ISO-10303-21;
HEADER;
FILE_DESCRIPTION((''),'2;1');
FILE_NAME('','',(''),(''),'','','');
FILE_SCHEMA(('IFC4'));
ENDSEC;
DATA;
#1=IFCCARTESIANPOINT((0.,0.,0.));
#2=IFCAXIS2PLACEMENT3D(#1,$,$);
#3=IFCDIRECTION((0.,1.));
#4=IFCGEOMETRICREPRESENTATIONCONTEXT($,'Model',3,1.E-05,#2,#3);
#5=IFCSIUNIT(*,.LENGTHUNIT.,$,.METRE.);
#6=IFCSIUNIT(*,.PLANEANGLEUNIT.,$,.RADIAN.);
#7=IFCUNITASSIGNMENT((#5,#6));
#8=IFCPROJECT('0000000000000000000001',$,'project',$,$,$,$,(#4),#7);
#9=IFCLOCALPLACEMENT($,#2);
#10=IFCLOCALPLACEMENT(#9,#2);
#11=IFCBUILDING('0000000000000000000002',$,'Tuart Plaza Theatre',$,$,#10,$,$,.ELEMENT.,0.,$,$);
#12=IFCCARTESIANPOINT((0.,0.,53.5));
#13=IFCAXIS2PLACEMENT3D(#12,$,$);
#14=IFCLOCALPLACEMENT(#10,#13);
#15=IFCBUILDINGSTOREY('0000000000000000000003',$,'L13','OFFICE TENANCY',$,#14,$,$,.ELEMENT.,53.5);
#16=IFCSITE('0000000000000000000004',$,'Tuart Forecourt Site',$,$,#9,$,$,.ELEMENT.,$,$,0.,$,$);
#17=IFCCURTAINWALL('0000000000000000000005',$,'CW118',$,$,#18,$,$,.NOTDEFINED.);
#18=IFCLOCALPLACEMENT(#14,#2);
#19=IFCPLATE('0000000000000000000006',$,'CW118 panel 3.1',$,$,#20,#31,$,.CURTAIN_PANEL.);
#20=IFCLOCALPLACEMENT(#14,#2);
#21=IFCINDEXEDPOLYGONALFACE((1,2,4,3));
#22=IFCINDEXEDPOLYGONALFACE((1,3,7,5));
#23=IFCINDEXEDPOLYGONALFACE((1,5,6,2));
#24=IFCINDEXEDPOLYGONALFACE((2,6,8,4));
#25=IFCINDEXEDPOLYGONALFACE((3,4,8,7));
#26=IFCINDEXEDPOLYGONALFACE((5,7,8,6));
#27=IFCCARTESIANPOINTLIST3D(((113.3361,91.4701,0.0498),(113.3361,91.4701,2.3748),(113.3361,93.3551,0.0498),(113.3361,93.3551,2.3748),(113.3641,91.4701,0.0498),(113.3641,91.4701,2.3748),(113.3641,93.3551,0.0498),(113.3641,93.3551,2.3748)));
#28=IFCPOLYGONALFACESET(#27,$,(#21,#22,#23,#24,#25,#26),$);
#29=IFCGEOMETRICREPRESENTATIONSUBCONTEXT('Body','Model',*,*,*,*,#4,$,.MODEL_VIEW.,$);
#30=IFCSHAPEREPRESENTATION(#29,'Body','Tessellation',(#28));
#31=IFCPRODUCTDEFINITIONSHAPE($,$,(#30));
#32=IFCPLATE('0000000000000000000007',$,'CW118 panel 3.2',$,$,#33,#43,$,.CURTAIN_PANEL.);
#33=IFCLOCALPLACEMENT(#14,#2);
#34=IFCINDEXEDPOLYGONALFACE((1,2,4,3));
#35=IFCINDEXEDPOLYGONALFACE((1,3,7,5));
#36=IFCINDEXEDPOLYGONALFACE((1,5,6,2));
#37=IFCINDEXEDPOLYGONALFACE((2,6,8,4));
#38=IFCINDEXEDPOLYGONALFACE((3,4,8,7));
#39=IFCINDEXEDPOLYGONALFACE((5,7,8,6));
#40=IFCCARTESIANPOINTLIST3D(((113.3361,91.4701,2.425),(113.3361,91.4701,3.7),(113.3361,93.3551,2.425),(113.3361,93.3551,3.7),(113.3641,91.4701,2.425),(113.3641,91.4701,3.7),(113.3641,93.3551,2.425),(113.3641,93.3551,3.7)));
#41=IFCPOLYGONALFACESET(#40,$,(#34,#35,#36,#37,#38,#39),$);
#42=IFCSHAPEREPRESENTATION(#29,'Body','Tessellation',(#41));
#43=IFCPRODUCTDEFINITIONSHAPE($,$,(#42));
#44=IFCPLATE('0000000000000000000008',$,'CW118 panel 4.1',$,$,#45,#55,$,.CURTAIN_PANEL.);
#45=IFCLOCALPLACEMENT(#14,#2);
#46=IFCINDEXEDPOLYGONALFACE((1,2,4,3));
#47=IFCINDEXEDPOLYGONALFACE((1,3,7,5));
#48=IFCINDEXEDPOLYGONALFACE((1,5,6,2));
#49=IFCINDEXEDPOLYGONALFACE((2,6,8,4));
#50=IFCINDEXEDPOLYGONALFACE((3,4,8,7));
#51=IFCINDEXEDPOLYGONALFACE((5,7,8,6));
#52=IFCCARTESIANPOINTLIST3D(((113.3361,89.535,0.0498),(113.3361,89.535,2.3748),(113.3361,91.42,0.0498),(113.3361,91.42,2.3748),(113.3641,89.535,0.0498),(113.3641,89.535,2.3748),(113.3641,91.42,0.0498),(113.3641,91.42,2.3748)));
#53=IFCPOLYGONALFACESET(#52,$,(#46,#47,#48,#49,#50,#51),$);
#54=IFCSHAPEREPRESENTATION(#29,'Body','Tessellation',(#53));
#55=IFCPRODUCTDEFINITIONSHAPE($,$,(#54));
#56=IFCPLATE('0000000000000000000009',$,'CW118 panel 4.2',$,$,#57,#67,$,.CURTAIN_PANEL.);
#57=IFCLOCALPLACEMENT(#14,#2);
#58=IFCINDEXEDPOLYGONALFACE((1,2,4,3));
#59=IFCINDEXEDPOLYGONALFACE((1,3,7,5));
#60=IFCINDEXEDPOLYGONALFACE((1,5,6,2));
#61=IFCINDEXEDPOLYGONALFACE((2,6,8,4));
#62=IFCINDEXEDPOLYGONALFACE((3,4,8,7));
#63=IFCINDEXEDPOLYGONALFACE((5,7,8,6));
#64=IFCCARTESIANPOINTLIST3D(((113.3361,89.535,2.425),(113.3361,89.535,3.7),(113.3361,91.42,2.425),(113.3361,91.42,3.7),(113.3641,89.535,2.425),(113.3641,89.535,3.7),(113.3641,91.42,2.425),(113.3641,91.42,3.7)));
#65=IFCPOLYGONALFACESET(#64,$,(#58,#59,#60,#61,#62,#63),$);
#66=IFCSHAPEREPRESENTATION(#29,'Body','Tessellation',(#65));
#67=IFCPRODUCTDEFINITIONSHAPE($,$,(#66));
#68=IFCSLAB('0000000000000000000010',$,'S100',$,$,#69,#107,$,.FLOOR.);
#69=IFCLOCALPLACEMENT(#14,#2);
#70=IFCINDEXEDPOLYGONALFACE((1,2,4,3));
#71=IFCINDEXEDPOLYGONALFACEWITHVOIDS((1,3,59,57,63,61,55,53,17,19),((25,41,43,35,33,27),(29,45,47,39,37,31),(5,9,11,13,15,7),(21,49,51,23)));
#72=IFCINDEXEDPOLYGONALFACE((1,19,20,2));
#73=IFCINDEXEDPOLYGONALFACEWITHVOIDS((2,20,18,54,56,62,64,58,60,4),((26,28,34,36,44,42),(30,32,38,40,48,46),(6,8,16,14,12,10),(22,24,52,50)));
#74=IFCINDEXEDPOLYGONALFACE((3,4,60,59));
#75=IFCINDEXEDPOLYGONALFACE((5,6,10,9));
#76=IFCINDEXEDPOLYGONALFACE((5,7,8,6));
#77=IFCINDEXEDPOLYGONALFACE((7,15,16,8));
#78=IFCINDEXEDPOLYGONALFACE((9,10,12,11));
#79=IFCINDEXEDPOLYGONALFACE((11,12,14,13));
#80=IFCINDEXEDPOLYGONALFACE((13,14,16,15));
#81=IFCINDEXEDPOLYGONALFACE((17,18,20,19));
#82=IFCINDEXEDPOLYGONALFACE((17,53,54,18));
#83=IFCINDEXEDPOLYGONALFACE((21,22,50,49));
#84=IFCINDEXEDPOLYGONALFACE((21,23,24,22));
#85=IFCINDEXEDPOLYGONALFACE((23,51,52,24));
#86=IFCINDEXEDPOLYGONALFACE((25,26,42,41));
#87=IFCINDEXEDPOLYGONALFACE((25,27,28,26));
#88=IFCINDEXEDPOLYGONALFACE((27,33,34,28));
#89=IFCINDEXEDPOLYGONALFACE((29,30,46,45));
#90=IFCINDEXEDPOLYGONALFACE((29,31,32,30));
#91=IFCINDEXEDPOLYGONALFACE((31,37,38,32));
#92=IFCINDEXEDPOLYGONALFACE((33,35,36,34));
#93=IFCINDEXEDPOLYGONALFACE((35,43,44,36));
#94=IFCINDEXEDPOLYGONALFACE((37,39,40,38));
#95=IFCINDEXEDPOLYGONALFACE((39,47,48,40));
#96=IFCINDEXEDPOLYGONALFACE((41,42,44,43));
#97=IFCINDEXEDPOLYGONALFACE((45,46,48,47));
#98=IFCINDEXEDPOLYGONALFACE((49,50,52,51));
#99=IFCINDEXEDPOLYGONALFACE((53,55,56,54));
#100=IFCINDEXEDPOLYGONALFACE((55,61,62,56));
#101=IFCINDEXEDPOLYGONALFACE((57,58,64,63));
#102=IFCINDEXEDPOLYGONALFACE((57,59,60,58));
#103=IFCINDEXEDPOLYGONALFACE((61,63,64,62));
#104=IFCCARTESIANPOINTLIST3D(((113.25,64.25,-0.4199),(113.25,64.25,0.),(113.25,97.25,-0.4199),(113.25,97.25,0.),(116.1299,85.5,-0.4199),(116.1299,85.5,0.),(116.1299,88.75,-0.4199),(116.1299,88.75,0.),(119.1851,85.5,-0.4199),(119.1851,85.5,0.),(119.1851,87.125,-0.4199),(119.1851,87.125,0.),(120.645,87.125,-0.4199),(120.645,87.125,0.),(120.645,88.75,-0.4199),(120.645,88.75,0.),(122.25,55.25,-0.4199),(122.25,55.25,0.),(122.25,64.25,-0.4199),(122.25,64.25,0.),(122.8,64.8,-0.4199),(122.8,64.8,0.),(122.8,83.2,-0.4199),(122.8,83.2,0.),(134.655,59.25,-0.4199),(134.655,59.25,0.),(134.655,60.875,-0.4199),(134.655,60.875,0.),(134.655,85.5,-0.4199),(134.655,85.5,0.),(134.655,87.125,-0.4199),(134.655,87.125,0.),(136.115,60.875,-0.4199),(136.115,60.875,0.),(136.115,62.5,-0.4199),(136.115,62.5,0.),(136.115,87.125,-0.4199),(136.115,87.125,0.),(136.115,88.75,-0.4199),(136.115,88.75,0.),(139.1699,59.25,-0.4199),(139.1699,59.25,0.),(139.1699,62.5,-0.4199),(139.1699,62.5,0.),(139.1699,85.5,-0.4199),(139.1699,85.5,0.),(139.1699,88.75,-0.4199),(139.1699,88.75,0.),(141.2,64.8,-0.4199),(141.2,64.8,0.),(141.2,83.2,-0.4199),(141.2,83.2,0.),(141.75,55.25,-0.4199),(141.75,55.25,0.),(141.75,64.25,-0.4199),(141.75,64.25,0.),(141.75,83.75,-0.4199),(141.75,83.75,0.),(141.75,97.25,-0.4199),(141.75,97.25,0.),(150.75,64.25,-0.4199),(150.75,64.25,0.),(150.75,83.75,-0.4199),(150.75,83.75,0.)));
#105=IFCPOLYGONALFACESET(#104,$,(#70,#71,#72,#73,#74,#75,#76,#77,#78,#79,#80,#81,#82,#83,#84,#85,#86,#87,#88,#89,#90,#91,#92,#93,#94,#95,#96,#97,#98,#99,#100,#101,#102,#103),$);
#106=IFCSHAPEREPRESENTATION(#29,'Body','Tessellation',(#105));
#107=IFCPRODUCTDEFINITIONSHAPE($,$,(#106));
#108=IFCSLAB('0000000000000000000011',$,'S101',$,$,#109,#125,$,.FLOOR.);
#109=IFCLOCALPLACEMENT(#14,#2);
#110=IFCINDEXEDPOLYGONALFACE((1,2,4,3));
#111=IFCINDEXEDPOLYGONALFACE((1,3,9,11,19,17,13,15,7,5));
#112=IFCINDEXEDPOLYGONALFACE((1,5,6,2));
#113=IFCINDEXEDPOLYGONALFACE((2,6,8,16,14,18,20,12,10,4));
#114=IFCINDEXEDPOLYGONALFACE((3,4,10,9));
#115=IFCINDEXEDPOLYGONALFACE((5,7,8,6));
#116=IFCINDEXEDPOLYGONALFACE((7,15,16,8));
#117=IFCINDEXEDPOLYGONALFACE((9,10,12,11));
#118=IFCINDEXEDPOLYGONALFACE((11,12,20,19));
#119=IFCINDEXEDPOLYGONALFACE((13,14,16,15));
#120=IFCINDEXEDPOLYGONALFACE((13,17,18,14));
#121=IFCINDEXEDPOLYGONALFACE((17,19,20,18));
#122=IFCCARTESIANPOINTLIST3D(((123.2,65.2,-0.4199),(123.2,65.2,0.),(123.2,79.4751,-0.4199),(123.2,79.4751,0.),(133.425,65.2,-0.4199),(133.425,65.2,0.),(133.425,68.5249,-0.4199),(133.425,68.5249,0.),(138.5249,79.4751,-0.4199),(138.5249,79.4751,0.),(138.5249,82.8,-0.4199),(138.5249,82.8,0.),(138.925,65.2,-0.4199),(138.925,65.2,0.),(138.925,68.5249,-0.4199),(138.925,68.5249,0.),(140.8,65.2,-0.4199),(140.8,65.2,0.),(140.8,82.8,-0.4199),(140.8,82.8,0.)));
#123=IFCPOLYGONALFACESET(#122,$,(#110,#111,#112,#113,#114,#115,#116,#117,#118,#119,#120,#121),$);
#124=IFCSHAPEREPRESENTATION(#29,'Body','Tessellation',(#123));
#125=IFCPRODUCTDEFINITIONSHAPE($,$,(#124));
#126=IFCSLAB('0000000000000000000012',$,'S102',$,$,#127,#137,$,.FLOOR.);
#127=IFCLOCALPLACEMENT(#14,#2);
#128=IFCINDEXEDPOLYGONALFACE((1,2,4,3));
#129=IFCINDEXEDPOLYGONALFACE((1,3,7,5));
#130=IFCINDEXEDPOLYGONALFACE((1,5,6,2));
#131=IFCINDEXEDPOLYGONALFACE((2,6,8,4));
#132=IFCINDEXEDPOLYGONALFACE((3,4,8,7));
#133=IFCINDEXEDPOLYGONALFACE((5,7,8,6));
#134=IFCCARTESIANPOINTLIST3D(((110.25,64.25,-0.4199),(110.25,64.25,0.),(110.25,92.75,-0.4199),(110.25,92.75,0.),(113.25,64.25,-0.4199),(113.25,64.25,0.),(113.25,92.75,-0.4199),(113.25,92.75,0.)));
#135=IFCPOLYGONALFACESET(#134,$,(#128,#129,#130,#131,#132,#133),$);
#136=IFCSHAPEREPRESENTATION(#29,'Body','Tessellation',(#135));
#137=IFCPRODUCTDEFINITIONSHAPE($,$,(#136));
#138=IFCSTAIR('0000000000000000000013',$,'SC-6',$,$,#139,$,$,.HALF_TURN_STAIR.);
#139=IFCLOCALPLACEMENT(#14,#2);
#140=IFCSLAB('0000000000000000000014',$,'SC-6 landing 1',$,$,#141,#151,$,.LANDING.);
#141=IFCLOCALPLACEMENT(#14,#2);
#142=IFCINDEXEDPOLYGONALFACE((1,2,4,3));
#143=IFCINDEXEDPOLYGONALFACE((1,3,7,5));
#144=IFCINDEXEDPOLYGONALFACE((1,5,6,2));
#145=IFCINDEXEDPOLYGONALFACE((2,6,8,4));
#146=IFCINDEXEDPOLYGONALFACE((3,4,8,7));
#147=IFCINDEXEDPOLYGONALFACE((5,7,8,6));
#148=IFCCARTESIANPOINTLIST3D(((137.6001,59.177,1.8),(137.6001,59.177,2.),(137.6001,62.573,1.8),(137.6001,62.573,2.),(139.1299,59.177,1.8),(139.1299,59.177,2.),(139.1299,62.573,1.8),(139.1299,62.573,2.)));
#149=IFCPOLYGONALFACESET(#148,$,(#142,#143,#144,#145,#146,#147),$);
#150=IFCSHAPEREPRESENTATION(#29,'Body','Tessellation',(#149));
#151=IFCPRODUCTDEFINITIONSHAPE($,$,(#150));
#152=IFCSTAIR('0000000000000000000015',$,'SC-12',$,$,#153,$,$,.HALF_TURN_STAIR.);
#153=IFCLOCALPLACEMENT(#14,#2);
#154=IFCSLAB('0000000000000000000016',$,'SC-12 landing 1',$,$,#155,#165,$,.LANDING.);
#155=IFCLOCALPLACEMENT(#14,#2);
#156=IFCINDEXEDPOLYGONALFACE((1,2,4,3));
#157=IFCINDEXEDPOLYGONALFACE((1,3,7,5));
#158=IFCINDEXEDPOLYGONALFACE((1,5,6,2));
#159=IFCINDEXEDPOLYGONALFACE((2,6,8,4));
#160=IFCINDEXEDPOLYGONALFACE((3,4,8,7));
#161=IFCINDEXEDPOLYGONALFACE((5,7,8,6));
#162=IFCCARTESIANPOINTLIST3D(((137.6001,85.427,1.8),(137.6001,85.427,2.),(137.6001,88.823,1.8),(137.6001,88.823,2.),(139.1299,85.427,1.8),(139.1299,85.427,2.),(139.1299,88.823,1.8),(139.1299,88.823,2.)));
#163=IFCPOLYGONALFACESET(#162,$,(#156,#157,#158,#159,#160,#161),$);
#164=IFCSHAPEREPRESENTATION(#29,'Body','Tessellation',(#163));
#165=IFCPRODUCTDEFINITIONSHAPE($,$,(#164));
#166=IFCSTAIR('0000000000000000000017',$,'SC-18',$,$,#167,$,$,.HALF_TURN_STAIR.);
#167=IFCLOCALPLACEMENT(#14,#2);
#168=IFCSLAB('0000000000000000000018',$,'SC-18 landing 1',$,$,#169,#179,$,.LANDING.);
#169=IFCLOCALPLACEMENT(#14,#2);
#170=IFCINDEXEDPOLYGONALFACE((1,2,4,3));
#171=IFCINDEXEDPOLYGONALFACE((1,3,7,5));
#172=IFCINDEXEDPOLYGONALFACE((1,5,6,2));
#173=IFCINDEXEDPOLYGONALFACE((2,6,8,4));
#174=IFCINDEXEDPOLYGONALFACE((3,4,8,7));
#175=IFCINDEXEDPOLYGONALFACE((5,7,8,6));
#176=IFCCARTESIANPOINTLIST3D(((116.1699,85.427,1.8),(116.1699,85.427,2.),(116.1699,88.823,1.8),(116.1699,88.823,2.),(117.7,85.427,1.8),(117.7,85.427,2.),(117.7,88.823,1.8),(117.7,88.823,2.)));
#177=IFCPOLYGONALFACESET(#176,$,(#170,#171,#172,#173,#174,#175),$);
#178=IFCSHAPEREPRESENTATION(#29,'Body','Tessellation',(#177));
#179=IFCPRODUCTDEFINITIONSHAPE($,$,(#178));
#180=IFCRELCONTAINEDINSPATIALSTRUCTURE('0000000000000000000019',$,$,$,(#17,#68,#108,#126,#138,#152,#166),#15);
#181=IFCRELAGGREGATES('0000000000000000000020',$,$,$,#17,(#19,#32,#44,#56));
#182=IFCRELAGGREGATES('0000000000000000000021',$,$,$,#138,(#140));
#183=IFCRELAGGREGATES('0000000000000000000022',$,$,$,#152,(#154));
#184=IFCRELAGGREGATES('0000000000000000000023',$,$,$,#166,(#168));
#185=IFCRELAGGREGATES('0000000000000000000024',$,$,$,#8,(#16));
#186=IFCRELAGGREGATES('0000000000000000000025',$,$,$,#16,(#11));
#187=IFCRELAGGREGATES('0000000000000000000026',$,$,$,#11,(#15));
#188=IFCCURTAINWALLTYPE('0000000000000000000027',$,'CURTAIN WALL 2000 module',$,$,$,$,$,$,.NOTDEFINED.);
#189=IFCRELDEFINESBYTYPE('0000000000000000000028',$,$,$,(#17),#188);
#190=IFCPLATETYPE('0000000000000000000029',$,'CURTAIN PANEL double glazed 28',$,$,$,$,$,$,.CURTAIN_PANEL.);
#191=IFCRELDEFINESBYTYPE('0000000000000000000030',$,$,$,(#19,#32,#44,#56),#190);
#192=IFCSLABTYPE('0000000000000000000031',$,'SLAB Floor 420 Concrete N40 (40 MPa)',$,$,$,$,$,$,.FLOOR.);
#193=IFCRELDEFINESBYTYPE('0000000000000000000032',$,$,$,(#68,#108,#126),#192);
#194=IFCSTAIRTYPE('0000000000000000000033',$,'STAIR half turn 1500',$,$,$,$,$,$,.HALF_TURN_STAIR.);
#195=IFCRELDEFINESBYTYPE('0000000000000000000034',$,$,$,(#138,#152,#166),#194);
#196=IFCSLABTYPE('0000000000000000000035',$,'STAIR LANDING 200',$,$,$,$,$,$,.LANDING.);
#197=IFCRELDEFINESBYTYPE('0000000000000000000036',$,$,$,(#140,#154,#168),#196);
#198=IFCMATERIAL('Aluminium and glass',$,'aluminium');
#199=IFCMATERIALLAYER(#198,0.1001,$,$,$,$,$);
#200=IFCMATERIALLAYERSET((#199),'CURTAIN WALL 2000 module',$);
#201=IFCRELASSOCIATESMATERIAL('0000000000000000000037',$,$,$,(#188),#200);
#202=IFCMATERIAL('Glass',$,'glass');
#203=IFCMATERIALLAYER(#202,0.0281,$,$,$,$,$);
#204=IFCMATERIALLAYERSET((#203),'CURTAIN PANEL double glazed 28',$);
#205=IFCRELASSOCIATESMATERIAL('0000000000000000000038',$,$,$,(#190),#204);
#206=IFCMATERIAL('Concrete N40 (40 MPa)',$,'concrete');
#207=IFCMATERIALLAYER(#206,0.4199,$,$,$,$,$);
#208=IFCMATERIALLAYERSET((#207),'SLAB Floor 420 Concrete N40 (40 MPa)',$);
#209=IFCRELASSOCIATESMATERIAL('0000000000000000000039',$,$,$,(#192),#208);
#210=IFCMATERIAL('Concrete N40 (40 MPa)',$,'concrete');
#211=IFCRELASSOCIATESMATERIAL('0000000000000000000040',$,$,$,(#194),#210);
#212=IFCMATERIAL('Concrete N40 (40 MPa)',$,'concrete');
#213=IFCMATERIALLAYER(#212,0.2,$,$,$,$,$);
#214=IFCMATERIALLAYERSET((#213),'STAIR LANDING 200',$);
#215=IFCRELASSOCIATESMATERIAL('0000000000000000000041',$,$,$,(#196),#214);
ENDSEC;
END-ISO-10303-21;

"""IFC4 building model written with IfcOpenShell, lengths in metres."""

from ifc_helpers import new_model, si_unit, direction, frame, origin, origin_2d, place, context, subcontext, project, spatial, polyline, rectangle, outline, extrude, material, layer, layer_set, type_object, element, aggregate, save


model = new_model("IFC4")

# Units and contexts
model_context = context("Model", 3, precision=1e-05, world=origin(), true_north=direction((0.0, 1.0)))
body_context = subcontext(model_context, "Body", "Model", "MODEL_VIEW")
ifc_project = project(units=[si_unit("LENGTHUNIT", "METRE"), si_unit("PLANEANGLEUNIT", "RADIAN")], contexts=[model_context])

# Site, building, storey
site_placement = place(None, origin())
site = spatial("IfcSite", under=ifc_project, at=site_placement, Name="Tuart Forecourt Site", CompositionType="ELEMENT", RefElevation=0.0)
building_placement = place(site_placement, origin())
building = spatial("IfcBuilding", under=site, at=building_placement, Name="Tuart Plaza Theatre", CompositionType="ELEMENT", ElevationOfRefHeight=0.0)
storey_placement = place(building_placement, frame((0.0, 0.0, 53.5)))
storey = spatial("IfcBuildingStorey", under=building, at=storey_placement, Name="L13", Description="OFFICE TENANCY", CompositionType="ELEMENT", Elevation=53.5)

# Curtain wall, plates
ifc_material_1 = material(Name="Aluminium and glass", Category="aluminium")
ifc_layer_1 = layer(ifc_material_1, 0.1001)
ifc_layer_set_1 = layer_set([ifc_layer_1], Name="CURTAIN WALL 2000 module")
curtain_wall_type = type_object("IfcCurtainWallType", Name="CURTAIN WALL 2000 module", PredefinedType="NOTDEFINED", material=ifc_layer_set_1)
curtain_wall_placement = place(storey_placement, origin())
curtain_wall = element("IfcCurtainWall", 1, at=curtain_wall_placement, inside=storey, type_object=curtain_wall_type, Name="CW118", PredefinedType="NOTDEFINED")
ifc_material_2 = material(Name="Glass", Category="glass")
ifc_layer_2 = layer(ifc_material_2, 0.0281)
ifc_layer_set_2 = layer_set([ifc_layer_2], Name="CURTAIN PANEL double glazed 28")
plate_type = type_object("IfcPlateType", Name="CURTAIN PANEL double glazed 28", PredefinedType="CURTAIN_PANEL", material=ifc_layer_set_2)
plate_1_placement = place(storey_placement, frame((113.3501, 92.4126, 0.0498), z_axis=(0.0, 0.0, 1.0), x_axis=(0.0, -1.0, 0.0)))
plate_1 = element("IfcPlate", 2, at=plate_1_placement, type_object=plate_type, Name="CW118 panel 3.1", PredefinedType="CURTAIN_PANEL", context=body_context, shape_type="SweptSolid", body=[
    extrude(rectangle(XDim=1.885, YDim=0.0281, at=origin_2d()), origin(), (0.0, 0.0, 1.0), 2.325),
])
plate_2_placement = place(storey_placement, frame((113.3501, 92.4126, 2.425), z_axis=(0.0, 0.0, 1.0), x_axis=(0.0, -1.0, 0.0)))
plate_2 = element("IfcPlate", 3, at=plate_2_placement, type_object=plate_type, Name="CW118 panel 3.2", PredefinedType="CURTAIN_PANEL", context=body_context, shape_type="SweptSolid", body=[
    extrude(rectangle(XDim=1.885, YDim=0.0281, at=origin_2d()), origin(), (0.0, 0.0, 1.0), 1.2749),
])
plate_3_placement = place(storey_placement, frame((113.3501, 90.4775, 0.0498), z_axis=(0.0, 0.0, 1.0), x_axis=(0.0, -1.0, 0.0)))
plate_3 = element("IfcPlate", 4, at=plate_3_placement, type_object=plate_type, Name="CW118 panel 4.1", PredefinedType="CURTAIN_PANEL", context=body_context, shape_type="SweptSolid", body=[
    extrude(rectangle(XDim=1.885, YDim=0.0281, at=origin_2d()), origin(), (0.0, 0.0, 1.0), 2.325),
])
plate_4_placement = place(storey_placement, frame((113.3501, 90.4775, 2.425), z_axis=(0.0, 0.0, 1.0), x_axis=(0.0, -1.0, 0.0)))
plate_4 = element("IfcPlate", 5, at=plate_4_placement, type_object=plate_type, Name="CW118 panel 4.2", PredefinedType="CURTAIN_PANEL", context=body_context, shape_type="SweptSolid", body=[
    extrude(rectangle(XDim=1.885, YDim=0.0281, at=origin_2d()), origin(), (0.0, 0.0, 1.0), 1.2749),
])
aggregate(curtain_wall, [plate_1, plate_2, plate_3, plate_4])

# Slabs
ifc_material_3 = material(Name="Concrete N40 (40 MPa)", Category="concrete")
ifc_layer_3 = layer(ifc_material_3, 0.4199)
ifc_layer_set_3 = layer_set([ifc_layer_3], Name="SLAB Floor 420 Concrete N40 (40 MPa)")
slab_type_1 = type_object("IfcSlabType", Name="SLAB Floor 420 Concrete N40 (40 MPa)", PredefinedType="FLOOR", material=ifc_layer_set_3)
slab_1_placement = place(storey_placement, frame((0.0, 0.0, -0.4199)))
element("IfcSlab", 6, at=slab_1_placement, inside=storey, type_object=slab_type_1, Name="S100", PredefinedType="FLOOR", context=body_context, shape_type="SweptSolid", body=[
    extrude(outline(polyline([(141.75, 97.25), (113.25, 97.25), (113.25, 64.25), (122.25, 64.25), (122.25, 55.25), (141.75, 55.25), (141.75, 64.25), (150.75, 64.25), (150.75, 83.75), (141.75, 83.75), (141.75, 97.25)]), holes=[polyline([(141.2, 64.8), (141.2, 83.2), (122.8, 83.2), (122.8, 64.8), (141.2, 64.8)]), polyline([(136.115, 62.5), (136.115, 60.875), (134.655, 60.875), (134.655, 59.25), (139.1699, 59.25), (139.1699, 62.5), (136.115, 62.5)]), polyline([(139.1699, 88.75), (136.115, 88.75), (136.115, 87.125), (134.655, 87.125), (134.655, 85.5), (139.1699, 85.5), (139.1699, 88.75)]), polyline([(116.1299, 88.75), (116.1299, 85.5), (119.1851, 85.5), (119.1851, 87.125), (120.645, 87.125), (120.645, 88.75), (116.1299, 88.75)])]), origin(), (0.0, 0.0, 1.0), 0.4199),
])
slab_2_placement = place(storey_placement, frame((0.0, 0.0, -0.4199)))
element("IfcSlab", 7, at=slab_2_placement, inside=storey, type_object=slab_type_1, Name="S101", PredefinedType="FLOOR", context=body_context, shape_type="SweptSolid", body=[
    extrude(outline(polyline([(123.2, 65.2), (133.425, 65.2), (133.425, 68.5249), (138.925, 68.5249), (138.925, 65.2), (140.8, 65.2), (140.8, 82.8), (138.5249, 82.8), (138.5249, 79.4751), (123.2, 79.4751), (123.2, 65.2)])), origin(), (0.0, 0.0, 1.0), 0.4199),
])
slab_3_placement = place(storey_placement, frame((0.0, 0.0, -0.4199)))
element("IfcSlab", 8, at=slab_3_placement, inside=storey, type_object=slab_type_1, Name="S102", PredefinedType="FLOOR", context=body_context, shape_type="SweptSolid", body=[
    extrude(outline(polyline([(113.25, 64.25), (113.25, 92.75), (110.25, 92.75), (110.25, 64.25), (113.25, 64.25)])), origin(), (0.0, 0.0, 1.0), 0.4199),
])

# Stairs, slabs
ifc_material_4 = material(Name="Concrete N40 (40 MPa)", Category="concrete")
stair_type = type_object("IfcStairType", Name="STAIR half turn 1500", PredefinedType="HALF_TURN_STAIR", material=ifc_material_4)
stair_1_placement = place(storey_placement, origin())
stair_1 = element("IfcStair", 9, at=stair_1_placement, inside=storey, type_object=stair_type, Name="SC-6", PredefinedType="HALF_TURN_STAIR")
ifc_material_5 = material(Name="Concrete N40 (40 MPa)", Category="concrete")
ifc_layer_4 = layer(ifc_material_5, 0.2)
ifc_layer_set_4 = layer_set([ifc_layer_4], Name="STAIR LANDING 200")
slab_type_2 = type_object("IfcSlabType", Name="STAIR LANDING 200", PredefinedType="LANDING", material=ifc_layer_set_4)
slab_4_placement = place(storey_placement, frame((0.0, 0.0, 1.8)))
slab_4 = element("IfcSlab", 10, at=slab_4_placement, type_object=slab_type_2, Name="SC-6 landing 1", PredefinedType="LANDING", context=body_context, shape_type="SweptSolid", body=[
    extrude(outline(polyline([(137.6001, 59.177), (139.1299, 59.177), (139.1299, 62.573), (137.6001, 62.573), (137.6001, 59.177)])), origin(), (0.0, 0.0, 1.0), 0.2),
])
aggregate(stair_1, [slab_4])
stair_2_placement = place(storey_placement, origin())
stair_2 = element("IfcStair", 11, at=stair_2_placement, inside=storey, type_object=stair_type, Name="SC-12", PredefinedType="HALF_TURN_STAIR")
slab_5_placement = place(storey_placement, frame((0.0, 0.0, 1.8)))
slab_5 = element("IfcSlab", 12, at=slab_5_placement, type_object=slab_type_2, Name="SC-12 landing 1", PredefinedType="LANDING", context=body_context, shape_type="SweptSolid", body=[
    extrude(outline(polyline([(137.6001, 85.427), (139.1299, 85.427), (139.1299, 88.823), (137.6001, 88.823), (137.6001, 85.427)])), origin(), (0.0, 0.0, 1.0), 0.2),
])
aggregate(stair_2, [slab_5])
stair_3_placement = place(storey_placement, origin())
stair_3 = element("IfcStair", 13, at=stair_3_placement, inside=storey, type_object=stair_type, Name="SC-18", PredefinedType="HALF_TURN_STAIR")
slab_6_placement = place(storey_placement, frame((0.0, 0.0, 1.8)))
slab_6 = element("IfcSlab", 14, at=slab_6_placement, type_object=slab_type_2, Name="SC-18 landing 1", PredefinedType="LANDING", context=body_context, shape_type="SweptSolid", body=[
    extrude(outline(polyline([(117.7, 88.823), (116.1699, 88.823), (116.1699, 85.427), (117.7, 85.427), (117.7, 88.823)])), origin(), (0.0, 0.0, 1.0), 0.2),
])
aggregate(stair_3, [slab_6])

save(model, "model.ifc")
